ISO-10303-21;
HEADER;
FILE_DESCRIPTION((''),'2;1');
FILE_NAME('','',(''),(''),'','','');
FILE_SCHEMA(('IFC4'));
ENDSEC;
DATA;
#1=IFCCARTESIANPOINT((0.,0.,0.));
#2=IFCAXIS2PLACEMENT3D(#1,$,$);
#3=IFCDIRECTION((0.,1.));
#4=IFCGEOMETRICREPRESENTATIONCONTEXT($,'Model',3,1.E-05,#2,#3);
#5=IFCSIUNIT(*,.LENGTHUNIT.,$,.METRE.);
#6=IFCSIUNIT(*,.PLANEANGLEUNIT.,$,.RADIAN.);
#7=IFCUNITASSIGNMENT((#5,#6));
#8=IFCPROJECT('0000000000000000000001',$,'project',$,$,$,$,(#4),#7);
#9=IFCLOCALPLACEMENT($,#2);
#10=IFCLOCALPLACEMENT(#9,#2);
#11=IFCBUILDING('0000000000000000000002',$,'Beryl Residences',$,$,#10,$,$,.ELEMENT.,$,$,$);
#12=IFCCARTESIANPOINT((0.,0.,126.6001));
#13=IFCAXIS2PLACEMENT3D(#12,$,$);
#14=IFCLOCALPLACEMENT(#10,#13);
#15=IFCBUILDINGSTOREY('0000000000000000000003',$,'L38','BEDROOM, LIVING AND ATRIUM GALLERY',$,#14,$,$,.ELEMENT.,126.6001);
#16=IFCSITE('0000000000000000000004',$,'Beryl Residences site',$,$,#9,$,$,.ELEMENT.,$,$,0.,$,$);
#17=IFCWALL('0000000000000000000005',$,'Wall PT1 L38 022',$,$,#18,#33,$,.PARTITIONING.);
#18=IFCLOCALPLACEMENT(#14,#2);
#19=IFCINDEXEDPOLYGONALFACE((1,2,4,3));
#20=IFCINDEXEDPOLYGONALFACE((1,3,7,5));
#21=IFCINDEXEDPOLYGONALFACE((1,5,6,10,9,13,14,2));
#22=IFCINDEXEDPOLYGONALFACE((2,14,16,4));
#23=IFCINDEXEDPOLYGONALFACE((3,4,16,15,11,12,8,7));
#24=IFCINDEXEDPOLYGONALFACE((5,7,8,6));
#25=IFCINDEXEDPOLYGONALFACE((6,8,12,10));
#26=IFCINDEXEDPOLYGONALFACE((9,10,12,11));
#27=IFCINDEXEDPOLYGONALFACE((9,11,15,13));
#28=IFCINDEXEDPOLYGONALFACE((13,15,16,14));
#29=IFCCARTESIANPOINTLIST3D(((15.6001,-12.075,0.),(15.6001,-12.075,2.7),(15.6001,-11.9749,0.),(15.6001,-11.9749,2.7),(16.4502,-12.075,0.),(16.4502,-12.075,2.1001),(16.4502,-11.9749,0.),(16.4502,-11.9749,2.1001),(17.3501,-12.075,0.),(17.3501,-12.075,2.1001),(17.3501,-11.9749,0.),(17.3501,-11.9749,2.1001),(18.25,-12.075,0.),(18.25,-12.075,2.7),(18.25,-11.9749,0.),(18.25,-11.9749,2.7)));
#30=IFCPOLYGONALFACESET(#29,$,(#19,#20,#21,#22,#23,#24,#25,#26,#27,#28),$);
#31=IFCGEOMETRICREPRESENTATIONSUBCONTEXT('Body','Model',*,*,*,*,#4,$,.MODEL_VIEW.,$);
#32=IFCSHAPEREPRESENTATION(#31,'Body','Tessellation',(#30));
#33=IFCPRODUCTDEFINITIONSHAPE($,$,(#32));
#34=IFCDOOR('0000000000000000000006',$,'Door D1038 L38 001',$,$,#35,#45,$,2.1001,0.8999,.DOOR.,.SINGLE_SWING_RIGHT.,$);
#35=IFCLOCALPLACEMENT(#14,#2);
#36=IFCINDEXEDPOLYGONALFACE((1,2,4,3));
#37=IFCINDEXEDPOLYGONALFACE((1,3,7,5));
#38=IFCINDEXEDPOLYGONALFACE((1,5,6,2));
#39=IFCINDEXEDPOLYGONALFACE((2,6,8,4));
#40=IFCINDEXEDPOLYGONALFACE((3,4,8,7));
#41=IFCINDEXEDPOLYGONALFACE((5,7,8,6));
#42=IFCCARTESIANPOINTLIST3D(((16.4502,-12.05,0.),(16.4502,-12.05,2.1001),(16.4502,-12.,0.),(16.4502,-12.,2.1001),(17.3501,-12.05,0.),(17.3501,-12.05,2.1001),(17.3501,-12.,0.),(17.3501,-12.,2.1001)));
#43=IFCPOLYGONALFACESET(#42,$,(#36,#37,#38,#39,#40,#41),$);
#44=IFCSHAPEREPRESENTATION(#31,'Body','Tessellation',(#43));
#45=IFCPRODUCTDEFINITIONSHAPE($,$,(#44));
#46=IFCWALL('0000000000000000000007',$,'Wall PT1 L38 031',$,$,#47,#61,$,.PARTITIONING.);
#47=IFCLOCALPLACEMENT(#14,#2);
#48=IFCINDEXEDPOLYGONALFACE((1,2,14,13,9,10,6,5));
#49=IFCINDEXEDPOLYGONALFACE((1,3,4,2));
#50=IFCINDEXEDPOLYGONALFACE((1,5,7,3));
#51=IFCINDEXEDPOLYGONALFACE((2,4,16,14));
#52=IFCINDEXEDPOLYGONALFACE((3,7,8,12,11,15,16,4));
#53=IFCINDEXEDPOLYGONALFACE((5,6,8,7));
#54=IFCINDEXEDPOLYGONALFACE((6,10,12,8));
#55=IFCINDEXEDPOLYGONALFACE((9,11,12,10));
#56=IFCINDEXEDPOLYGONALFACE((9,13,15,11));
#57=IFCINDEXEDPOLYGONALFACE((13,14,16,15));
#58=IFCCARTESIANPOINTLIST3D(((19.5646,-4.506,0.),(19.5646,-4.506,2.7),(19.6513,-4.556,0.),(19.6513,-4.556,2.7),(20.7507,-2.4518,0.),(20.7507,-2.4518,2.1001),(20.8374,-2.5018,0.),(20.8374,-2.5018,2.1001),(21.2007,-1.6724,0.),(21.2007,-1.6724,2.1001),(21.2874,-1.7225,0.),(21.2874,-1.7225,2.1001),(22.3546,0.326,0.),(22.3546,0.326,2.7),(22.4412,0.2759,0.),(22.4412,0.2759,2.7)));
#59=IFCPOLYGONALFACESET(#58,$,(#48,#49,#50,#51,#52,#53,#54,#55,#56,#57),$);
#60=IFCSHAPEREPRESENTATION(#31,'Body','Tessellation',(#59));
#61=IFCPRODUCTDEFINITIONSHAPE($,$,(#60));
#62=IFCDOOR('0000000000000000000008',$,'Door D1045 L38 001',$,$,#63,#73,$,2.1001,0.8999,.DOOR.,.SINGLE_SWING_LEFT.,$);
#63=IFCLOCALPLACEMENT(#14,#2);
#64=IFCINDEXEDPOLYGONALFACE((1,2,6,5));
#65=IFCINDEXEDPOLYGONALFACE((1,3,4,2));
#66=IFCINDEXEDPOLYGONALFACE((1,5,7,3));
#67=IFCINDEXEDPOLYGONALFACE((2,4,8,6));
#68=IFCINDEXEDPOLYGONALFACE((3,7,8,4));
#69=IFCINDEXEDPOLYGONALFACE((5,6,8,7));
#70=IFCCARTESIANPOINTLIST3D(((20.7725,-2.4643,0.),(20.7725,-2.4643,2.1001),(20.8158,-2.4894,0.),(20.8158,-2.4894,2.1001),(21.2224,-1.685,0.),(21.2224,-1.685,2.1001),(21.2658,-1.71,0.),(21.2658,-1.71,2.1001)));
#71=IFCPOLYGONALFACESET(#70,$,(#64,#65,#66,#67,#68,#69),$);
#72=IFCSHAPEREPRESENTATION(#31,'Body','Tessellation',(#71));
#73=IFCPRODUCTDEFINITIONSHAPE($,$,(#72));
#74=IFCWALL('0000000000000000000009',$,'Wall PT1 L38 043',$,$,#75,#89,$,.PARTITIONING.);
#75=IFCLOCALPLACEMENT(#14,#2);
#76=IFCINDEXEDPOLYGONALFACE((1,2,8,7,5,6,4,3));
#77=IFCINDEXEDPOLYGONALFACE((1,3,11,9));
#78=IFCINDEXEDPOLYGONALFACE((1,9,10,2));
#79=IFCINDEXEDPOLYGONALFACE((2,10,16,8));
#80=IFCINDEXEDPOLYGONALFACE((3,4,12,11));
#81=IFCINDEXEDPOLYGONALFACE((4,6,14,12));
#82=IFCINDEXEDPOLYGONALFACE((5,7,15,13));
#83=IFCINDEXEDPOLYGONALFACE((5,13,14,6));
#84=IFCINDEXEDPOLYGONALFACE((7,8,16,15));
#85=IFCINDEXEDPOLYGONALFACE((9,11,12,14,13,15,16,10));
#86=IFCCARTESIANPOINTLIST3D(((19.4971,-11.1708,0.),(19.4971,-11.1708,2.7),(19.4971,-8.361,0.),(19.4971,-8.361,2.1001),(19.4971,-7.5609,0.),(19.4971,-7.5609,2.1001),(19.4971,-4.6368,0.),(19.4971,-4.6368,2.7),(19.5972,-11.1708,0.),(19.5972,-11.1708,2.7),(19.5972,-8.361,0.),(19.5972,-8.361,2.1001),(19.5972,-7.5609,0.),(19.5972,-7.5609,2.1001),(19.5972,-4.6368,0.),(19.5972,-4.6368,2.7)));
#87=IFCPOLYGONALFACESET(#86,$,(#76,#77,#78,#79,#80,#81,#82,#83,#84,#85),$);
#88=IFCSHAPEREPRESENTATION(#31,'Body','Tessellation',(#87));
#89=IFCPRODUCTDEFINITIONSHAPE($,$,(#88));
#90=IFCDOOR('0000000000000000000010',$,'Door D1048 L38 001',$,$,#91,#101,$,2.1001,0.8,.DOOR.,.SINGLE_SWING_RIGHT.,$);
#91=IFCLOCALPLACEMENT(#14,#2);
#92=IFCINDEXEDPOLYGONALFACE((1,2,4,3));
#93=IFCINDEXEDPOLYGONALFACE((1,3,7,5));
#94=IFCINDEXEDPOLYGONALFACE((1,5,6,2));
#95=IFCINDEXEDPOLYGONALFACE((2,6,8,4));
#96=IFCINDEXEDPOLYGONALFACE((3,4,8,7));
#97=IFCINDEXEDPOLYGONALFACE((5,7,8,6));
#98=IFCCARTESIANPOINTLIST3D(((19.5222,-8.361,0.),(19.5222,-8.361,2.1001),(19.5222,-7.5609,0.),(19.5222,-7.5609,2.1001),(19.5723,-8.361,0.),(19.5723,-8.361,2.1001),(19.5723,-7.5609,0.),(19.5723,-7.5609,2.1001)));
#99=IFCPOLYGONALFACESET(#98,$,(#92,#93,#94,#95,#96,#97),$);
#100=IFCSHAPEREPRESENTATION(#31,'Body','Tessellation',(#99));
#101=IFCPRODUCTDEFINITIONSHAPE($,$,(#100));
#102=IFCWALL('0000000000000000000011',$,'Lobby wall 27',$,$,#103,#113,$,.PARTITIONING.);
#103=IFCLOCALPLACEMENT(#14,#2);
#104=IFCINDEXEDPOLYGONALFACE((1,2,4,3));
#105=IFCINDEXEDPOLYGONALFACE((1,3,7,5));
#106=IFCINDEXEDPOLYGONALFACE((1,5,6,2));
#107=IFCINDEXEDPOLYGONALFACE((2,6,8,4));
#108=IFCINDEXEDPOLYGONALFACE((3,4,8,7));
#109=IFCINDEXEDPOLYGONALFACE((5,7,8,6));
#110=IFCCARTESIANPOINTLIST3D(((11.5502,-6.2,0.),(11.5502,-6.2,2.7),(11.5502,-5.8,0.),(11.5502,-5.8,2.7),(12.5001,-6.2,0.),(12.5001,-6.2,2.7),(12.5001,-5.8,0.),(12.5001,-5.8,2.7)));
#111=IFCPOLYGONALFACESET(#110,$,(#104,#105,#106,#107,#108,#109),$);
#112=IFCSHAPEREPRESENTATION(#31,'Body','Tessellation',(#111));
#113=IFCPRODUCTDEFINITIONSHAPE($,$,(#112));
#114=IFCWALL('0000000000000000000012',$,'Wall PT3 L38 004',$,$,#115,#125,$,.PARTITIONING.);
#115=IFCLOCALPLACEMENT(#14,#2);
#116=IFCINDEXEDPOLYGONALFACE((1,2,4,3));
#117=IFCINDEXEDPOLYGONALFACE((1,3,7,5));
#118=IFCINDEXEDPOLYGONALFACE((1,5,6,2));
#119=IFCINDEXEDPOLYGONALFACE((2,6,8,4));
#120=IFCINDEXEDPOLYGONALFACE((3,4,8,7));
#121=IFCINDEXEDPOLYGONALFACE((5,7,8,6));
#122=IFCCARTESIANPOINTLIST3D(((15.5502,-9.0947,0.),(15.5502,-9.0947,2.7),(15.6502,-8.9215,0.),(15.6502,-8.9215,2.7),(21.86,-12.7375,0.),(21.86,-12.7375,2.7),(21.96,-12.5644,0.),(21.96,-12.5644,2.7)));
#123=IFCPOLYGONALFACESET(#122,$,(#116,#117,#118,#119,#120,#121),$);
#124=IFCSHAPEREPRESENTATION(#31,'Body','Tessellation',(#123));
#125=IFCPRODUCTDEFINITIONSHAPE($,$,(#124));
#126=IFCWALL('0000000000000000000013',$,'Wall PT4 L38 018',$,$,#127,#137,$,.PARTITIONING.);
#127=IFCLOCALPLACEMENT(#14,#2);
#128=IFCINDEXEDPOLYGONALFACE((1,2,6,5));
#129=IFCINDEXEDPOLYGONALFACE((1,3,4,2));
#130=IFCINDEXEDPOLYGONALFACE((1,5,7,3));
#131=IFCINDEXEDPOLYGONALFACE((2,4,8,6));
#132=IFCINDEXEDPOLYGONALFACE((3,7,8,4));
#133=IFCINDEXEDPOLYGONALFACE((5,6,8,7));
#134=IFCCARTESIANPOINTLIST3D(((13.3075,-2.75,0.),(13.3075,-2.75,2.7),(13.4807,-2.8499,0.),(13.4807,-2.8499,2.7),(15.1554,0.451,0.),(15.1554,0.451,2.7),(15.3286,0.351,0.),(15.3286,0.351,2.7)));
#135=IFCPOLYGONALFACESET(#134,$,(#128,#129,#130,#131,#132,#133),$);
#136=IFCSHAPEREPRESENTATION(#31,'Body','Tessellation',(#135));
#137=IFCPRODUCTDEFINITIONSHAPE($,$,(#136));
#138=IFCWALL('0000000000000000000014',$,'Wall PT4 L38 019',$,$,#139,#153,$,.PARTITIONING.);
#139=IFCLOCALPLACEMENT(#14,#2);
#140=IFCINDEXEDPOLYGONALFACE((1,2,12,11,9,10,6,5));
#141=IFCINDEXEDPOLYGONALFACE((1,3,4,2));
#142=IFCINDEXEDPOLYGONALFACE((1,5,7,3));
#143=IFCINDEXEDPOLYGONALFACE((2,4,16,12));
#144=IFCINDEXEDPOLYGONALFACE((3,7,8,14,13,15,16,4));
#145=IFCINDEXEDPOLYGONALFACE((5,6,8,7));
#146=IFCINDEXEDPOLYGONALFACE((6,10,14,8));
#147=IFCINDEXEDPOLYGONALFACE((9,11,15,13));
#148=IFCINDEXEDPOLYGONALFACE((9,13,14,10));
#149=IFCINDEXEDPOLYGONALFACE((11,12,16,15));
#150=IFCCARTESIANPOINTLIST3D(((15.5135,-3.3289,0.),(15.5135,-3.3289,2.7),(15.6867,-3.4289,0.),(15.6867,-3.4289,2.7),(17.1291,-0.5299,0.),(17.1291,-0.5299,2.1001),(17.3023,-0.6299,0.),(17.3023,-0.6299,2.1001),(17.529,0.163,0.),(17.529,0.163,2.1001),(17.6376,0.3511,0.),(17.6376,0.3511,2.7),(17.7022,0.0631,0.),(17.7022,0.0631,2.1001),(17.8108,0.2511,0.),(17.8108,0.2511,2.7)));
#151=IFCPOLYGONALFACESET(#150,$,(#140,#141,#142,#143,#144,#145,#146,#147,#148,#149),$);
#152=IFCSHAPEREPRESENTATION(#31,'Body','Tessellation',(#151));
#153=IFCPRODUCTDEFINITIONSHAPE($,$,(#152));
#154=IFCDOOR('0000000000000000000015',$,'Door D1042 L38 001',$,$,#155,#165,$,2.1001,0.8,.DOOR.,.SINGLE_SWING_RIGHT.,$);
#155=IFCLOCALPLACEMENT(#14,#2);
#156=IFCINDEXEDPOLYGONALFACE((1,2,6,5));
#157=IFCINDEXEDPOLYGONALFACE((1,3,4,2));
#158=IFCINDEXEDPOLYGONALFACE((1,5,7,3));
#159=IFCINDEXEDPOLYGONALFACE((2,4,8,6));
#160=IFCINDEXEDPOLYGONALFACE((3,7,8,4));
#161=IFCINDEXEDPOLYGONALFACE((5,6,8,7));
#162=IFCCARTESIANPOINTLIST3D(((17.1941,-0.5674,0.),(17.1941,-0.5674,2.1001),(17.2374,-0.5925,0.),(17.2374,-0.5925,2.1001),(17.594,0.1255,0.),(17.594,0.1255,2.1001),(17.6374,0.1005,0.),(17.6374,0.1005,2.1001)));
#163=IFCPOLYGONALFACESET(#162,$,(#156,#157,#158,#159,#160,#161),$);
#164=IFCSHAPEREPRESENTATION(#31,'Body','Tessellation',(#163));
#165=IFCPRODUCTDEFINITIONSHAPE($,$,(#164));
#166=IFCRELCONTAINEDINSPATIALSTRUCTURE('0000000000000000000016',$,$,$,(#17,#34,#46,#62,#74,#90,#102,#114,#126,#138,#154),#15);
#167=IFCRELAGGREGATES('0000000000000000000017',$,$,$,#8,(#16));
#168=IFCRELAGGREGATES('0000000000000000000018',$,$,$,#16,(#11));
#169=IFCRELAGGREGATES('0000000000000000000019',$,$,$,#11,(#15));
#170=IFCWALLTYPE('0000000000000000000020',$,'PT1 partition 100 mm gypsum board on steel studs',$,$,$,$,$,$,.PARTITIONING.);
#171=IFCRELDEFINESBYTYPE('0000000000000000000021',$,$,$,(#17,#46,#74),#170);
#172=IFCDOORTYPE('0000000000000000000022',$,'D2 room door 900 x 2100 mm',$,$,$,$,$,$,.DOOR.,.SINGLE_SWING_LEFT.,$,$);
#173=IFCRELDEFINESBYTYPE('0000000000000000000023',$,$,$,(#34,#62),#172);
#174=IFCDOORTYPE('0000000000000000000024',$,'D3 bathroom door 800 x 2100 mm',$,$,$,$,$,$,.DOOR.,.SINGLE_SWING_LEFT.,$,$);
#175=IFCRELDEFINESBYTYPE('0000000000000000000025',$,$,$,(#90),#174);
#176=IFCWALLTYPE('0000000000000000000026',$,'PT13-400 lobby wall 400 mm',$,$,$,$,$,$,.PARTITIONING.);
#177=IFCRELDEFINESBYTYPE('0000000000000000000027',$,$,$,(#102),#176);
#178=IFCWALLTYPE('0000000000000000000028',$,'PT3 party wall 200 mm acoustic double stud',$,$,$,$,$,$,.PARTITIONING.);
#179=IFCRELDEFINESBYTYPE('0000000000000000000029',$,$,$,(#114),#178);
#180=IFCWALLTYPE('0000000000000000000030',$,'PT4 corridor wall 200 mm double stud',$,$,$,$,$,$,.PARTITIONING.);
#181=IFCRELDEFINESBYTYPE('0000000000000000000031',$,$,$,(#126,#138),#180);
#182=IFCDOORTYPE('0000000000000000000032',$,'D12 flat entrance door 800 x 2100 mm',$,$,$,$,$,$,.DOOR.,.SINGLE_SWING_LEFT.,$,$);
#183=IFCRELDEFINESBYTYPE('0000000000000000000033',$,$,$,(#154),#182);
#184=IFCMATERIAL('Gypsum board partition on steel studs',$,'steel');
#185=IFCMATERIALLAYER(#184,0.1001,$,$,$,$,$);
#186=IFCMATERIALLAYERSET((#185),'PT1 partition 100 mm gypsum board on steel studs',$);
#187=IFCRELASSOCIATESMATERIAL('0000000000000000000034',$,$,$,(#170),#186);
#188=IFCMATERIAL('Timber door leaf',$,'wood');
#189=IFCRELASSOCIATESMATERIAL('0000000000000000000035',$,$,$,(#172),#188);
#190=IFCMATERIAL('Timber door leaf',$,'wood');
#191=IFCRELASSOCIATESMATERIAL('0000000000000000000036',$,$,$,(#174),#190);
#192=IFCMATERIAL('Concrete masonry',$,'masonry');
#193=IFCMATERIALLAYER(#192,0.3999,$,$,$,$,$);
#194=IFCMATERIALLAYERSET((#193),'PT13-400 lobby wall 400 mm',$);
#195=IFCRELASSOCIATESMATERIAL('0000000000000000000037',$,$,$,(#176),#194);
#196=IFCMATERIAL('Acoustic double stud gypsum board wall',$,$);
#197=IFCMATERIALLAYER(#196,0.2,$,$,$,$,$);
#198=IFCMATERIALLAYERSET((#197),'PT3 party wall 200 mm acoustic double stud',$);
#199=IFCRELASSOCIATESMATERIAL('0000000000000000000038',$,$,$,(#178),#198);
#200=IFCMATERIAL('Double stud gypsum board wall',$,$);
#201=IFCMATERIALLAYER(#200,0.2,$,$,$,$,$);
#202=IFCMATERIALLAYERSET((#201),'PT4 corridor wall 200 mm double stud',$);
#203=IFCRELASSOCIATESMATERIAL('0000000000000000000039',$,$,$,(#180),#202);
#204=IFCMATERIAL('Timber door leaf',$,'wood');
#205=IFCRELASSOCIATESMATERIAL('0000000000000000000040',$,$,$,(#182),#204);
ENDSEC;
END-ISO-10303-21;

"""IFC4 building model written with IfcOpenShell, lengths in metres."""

from ifc_helpers import new_model, si_unit, direction, frame, frame_2d, origin, place, context, subcontext, project, spatial, rectangle, extrude, material, layer, layer_set, type_object, element, fill, save


model = new_model("IFC4")

# Units and contexts
model_context = context("Model", 3, precision=1e-05, world=origin(), true_north=direction((0.0, 1.0)))
body_context = subcontext(model_context, "Body", "Model", "MODEL_VIEW")
ifc_project = project(units=[si_unit("LENGTHUNIT", "METRE"), si_unit("PLANEANGLEUNIT", "RADIAN")], contexts=[model_context])

# Site, building, storey
site_placement = place(None, origin())
site = spatial("IfcSite", under=ifc_project, at=site_placement, Name="Beryl Residences site", CompositionType="ELEMENT", RefElevation=0.0)
building_placement = place(site_placement, origin())
building = spatial("IfcBuilding", under=site, at=building_placement, Name="Beryl Residences", CompositionType="ELEMENT")
storey_placement = place(building_placement, frame((0.0, 0.0, 126.6001)))
storey = spatial("IfcBuildingStorey", under=building, at=storey_placement, Name="L38", Description="BEDROOM, LIVING AND ATRIUM GALLERY", CompositionType="ELEMENT", Elevation=126.6001)

# Walls, openings, doors
ifc_material_1 = material(Name="Gypsum board partition on steel studs", Category="steel")
ifc_layer_1 = layer(ifc_material_1, 0.1001)
ifc_layer_set_1 = layer_set([ifc_layer_1], Name="PT1 partition 100 mm gypsum board on steel studs")
wall_type_1 = type_object("IfcWallType", Name="PT1 partition 100 mm gypsum board on steel studs", PredefinedType="PARTITIONING", material=ifc_layer_set_1)
ifc_material_2 = material(Name="Timber door leaf", Category="wood")
door_type_1 = type_object("IfcDoorType", Name="D2 room door 900 x 2100 mm", OperationType="SINGLE_SWING_LEFT", PredefinedType="DOOR", material=ifc_material_2)
wall_1_placement = place(storey_placement, frame((15.6001, -12.0249, 0.0), z_axis=(0.0, 0.0, 1.0), x_axis=(1.0, 0.0, 0.0)))
wall_1 = element("IfcWall", 1, at=wall_1_placement, inside=storey, type_object=wall_type_1, Name="Wall PT1 L38 022", PredefinedType="PARTITIONING", context=body_context, shape_type="SweptSolid", body=[
    extrude(rectangle(XDim=2.6499, YDim=0.1001, at=frame_2d((1.325, 0.0))), origin(), (0.0, 0.0, 1.0), 2.7),
])
opening_1_placement = place(wall_1_placement, frame((0.8501, 0.0, 0.0)))
opening_1 = element("IfcOpeningElement", 2, at=opening_1_placement, cuts=wall_1, PredefinedType="OPENING", context=body_context, shape_type="SweptSolid", body=[
    extrude(rectangle(XDim=0.8999, YDim=2.1001, at=frame_2d((0.45, 1.05))), frame((0.0, 0.0601, 0.0), z_axis=(0.0, -1.0, 0.0), x_axis=(1.0, 0.0, 0.0)), (0.0, 0.0, 1.0), 0.1201),
])
door_1_placement = place(opening_1_placement, origin())
door_1 = element("IfcDoor", 3, at=door_1_placement, inside=storey, type_object=door_type_1, Name="Door D1038 L38 001", OperationType="SINGLE_SWING_RIGHT", OverallHeight=2.1001, OverallWidth=0.8999, PredefinedType="DOOR", context=body_context, shape_type="SweptSolid", body=[
    extrude(rectangle(XDim=0.8999, YDim=2.1001, at=frame_2d((0.45, 1.05))), frame((0.0, 0.0249, 0.0), z_axis=(0.0, -1.0, 0.0), x_axis=(1.0, 0.0, 0.0)), (0.0, 0.0, 1.0), 0.05),
])
fill(opening_1, door_1)
wall_2_placement = place(storey_placement, frame((19.6079, -4.531, 0.0), z_axis=(0.0, 0.0, 1.0), x_axis=(0.500036, 0.866005, 0.0)))
wall_2 = element("IfcWall", 4, at=wall_2_placement, inside=storey, type_object=wall_type_1, Name="Wall PT1 L38 031", PredefinedType="PARTITIONING", context=body_context, shape_type="SweptSolid", body=[
    extrude(rectangle(XDim=5.5796, YDim=0.1001, at=frame_2d((2.7898, 0.0))), origin(), (0.0, 0.0, 1.0), 2.7),
])
opening_2_placement = place(wall_2_placement, frame((2.3721, 0.0, 0.0)))
opening_2 = element("IfcOpeningElement", 5, at=opening_2_placement, cuts=wall_2, PredefinedType="OPENING", context=body_context, shape_type="SweptSolid", body=[
    extrude(rectangle(XDim=0.8999, YDim=2.1001, at=frame_2d((0.45, 1.05))), frame((0.0, 0.0601, 0.0), z_axis=(0.0, -1.0, 0.0), x_axis=(1.0, 0.0, 0.0)), (0.0, 0.0, 1.0), 0.1201),
])
door_2_placement = place(opening_2_placement, origin())
door_2 = element("IfcDoor", 6, at=door_2_placement, inside=storey, type_object=door_type_1, Name="Door D1045 L38 001", OperationType="SINGLE_SWING_LEFT", OverallHeight=2.1001, OverallWidth=0.8999, PredefinedType="DOOR", context=body_context, shape_type="SweptSolid", body=[
    extrude(rectangle(XDim=0.8999, YDim=2.1001, at=frame_2d((0.45, 1.05))), frame((0.0, 0.0249, 0.0), z_axis=(0.0, -1.0, 0.0), x_axis=(1.0, 0.0, 0.0)), (0.0, 0.0, 1.0), 0.05),
])
fill(opening_2, door_2)
wall_3_placement = place(storey_placement, frame((19.5471, -11.1709, 0.0), z_axis=(0.0, 0.0, 1.0), x_axis=(0.0, 1.0, 0.0)))
wall_3 = element("IfcWall", 7, at=wall_3_placement, inside=storey, type_object=wall_type_1, Name="Wall PT1 L38 043", PredefinedType="PARTITIONING", context=body_context, shape_type="SweptSolid", body=[
    extrude(rectangle(XDim=6.5339, YDim=0.1001, at=frame_2d((3.2671, 0.0))), origin(), (0.0, 0.0, 1.0), 2.7),
])
opening_3_placement = place(wall_3_placement, frame((2.8101, 0.0, 0.0)))
opening_3 = element("IfcOpeningElement", 8, at=opening_3_placement, cuts=wall_3, PredefinedType="OPENING", context=body_context, shape_type="SweptSolid", body=[
    extrude(rectangle(XDim=0.8, YDim=2.1001, at=frame_2d((0.3999, 1.05))), frame((0.0, 0.0601, 0.0), z_axis=(0.0, -1.0, 0.0), x_axis=(1.0, 0.0, 0.0)), (0.0, 0.0, 1.0), 0.1201),
])
ifc_material_3 = material(Name="Timber door leaf", Category="wood")
door_type_2 = type_object("IfcDoorType", Name="D3 bathroom door 800 x 2100 mm", OperationType="SINGLE_SWING_LEFT", PredefinedType="DOOR", material=ifc_material_3)
door_3_placement = place(opening_3_placement, origin())
door_3 = element("IfcDoor", 9, at=door_3_placement, inside=storey, type_object=door_type_2, Name="Door D1048 L38 001", OperationType="SINGLE_SWING_RIGHT", OverallHeight=2.1001, OverallWidth=0.8, PredefinedType="DOOR", context=body_context, shape_type="SweptSolid", body=[
    extrude(rectangle(XDim=0.8, YDim=2.1001, at=frame_2d((0.3999, 1.05))), frame((0.0, 0.0249, 0.0), z_axis=(0.0, -1.0, 0.0), x_axis=(1.0, 0.0, 0.0)), (0.0, 0.0, 1.0), 0.05),
])
fill(opening_3, door_3)

# Walls
ifc_material_4 = material(Name="Concrete masonry", Category="masonry")
ifc_layer_2 = layer(ifc_material_4, 0.3999)
ifc_layer_set_2 = layer_set([ifc_layer_2], Name="PT13-400 lobby wall 400 mm")
wall_type_2 = type_object("IfcWallType", Name="PT13-400 lobby wall 400 mm", PredefinedType="PARTITIONING", material=ifc_layer_set_2)
wall_4_placement = place(storey_placement, frame((11.55, -6.0, 0.0), z_axis=(0.0, 0.0, 1.0), x_axis=(1.0, 0.0, 0.0)))
element("IfcWall", 10, at=wall_4_placement, inside=storey, type_object=wall_type_2, Name="Lobby wall 27", PredefinedType="PARTITIONING", context=body_context, shape_type="SweptSolid", body=[
    extrude(rectangle(XDim=0.95, YDim=0.3999, at=frame_2d((0.4751, 0.0))), origin(), (0.0, 0.0, 1.0), 2.7),
])
ifc_material_5 = material(Name="Acoustic double stud gypsum board wall")
ifc_layer_3 = layer(ifc_material_5, 0.2)
ifc_layer_set_3 = layer_set([ifc_layer_3], Name="PT3 party wall 200 mm acoustic double stud")
wall_type_3 = type_object("IfcWallType", Name="PT3 party wall 200 mm acoustic double stud", PredefinedType="PARTITIONING", material=ifc_layer_set_3)
wall_5_placement = place(storey_placement, frame((15.6001, -9.0081, 0.0), z_axis=(0.0, 0.0, 1.0), x_axis=(0.866034, -0.499984, 0.0)))
element("IfcWall", 11, at=wall_5_placement, inside=storey, type_object=wall_type_3, Name="Wall PT3 L38 004", PredefinedType="PARTITIONING", context=body_context, shape_type="SweptSolid", body=[
    extrude(rectangle(XDim=7.2859, YDim=0.2, at=frame_2d((3.6431, 0.0))), origin(), (0.0, 0.0, 1.0), 2.7),
])
ifc_material_6 = material(Name="Double stud gypsum board wall")
ifc_layer_4 = layer(ifc_material_6, 0.2)
ifc_layer_set_4 = layer_set([ifc_layer_4], Name="PT4 corridor wall 200 mm double stud")
wall_type_4 = type_object("IfcWallType", Name="PT4 corridor wall 200 mm double stud", PredefinedType="PARTITIONING", material=ifc_layer_set_4)
wall_6_placement = place(storey_placement, frame((13.394, -2.8, 0.0), z_axis=(0.0, 0.0, 1.0), x_axis=(0.499968, 0.866044, 0.0)))
element("IfcWall", 12, at=wall_6_placement, inside=storey, type_object=wall_type_4, Name="Wall PT4 L38 018", PredefinedType="PARTITIONING", context=body_context, shape_type="SweptSolid", body=[
    extrude(rectangle(XDim=3.696, YDim=0.2, at=frame_2d((1.8481, 0.0))), origin(), (0.0, 0.0, 1.0), 2.7),
])

# Wall, opening, door
wall_7_placement = place(storey_placement, frame((15.6001, -3.3789, 0.0), z_axis=(0.0, 0.0, 1.0), x_axis=(0.499897, 0.866085, 0.0)))
wall_7 = element("IfcWall", 13, at=wall_7_placement, inside=storey, type_object=wall_type_4, Name="Wall PT4 L38 019", PredefinedType="PARTITIONING", context=body_context, shape_type="SweptSolid", body=[
    extrude(rectangle(XDim=4.249, YDim=0.2, at=frame_2d((2.1245, 0.0))), origin(), (0.0, 0.0, 1.0), 2.7),
])
opening_4_placement = place(wall_7_placement, frame((3.2319, 0.0, 0.0)))
opening_4 = element("IfcOpeningElement", 14, at=opening_4_placement, cuts=wall_7, PredefinedType="OPENING", context=body_context, shape_type="SweptSolid", body=[
    extrude(rectangle(XDim=0.8, YDim=2.1001, at=frame_2d((0.3999, 1.05))), frame((0.0, 0.1099, 0.0), z_axis=(0.0, -1.0, 0.0), x_axis=(1.0, 0.0, 0.0)), (0.0, 0.0, 1.0), 0.22),
])
ifc_material_7 = material(Name="Timber door leaf", Category="wood")
door_type_3 = type_object("IfcDoorType", Name="D12 flat entrance door 800 x 2100 mm", OperationType="SINGLE_SWING_LEFT", PredefinedType="DOOR", material=ifc_material_7)
door_4_placement = place(opening_4_placement, origin())
door_4 = element("IfcDoor", 15, at=door_4_placement, inside=storey, type_object=door_type_3, Name="Door D1042 L38 001", OperationType="SINGLE_SWING_RIGHT", OverallHeight=2.1001, OverallWidth=0.8, PredefinedType="DOOR", context=body_context, shape_type="SweptSolid", body=[
    extrude(rectangle(XDim=0.8, YDim=2.1001, at=frame_2d((0.3999, 1.05))), frame((0.0, 0.0249, 0.0), z_axis=(0.0, -1.0, 0.0), x_axis=(1.0, 0.0, 0.0)), (0.0, 0.0, 1.0), 0.05),
])
fill(opening_4, door_4)

save(model, "model.ifc")
